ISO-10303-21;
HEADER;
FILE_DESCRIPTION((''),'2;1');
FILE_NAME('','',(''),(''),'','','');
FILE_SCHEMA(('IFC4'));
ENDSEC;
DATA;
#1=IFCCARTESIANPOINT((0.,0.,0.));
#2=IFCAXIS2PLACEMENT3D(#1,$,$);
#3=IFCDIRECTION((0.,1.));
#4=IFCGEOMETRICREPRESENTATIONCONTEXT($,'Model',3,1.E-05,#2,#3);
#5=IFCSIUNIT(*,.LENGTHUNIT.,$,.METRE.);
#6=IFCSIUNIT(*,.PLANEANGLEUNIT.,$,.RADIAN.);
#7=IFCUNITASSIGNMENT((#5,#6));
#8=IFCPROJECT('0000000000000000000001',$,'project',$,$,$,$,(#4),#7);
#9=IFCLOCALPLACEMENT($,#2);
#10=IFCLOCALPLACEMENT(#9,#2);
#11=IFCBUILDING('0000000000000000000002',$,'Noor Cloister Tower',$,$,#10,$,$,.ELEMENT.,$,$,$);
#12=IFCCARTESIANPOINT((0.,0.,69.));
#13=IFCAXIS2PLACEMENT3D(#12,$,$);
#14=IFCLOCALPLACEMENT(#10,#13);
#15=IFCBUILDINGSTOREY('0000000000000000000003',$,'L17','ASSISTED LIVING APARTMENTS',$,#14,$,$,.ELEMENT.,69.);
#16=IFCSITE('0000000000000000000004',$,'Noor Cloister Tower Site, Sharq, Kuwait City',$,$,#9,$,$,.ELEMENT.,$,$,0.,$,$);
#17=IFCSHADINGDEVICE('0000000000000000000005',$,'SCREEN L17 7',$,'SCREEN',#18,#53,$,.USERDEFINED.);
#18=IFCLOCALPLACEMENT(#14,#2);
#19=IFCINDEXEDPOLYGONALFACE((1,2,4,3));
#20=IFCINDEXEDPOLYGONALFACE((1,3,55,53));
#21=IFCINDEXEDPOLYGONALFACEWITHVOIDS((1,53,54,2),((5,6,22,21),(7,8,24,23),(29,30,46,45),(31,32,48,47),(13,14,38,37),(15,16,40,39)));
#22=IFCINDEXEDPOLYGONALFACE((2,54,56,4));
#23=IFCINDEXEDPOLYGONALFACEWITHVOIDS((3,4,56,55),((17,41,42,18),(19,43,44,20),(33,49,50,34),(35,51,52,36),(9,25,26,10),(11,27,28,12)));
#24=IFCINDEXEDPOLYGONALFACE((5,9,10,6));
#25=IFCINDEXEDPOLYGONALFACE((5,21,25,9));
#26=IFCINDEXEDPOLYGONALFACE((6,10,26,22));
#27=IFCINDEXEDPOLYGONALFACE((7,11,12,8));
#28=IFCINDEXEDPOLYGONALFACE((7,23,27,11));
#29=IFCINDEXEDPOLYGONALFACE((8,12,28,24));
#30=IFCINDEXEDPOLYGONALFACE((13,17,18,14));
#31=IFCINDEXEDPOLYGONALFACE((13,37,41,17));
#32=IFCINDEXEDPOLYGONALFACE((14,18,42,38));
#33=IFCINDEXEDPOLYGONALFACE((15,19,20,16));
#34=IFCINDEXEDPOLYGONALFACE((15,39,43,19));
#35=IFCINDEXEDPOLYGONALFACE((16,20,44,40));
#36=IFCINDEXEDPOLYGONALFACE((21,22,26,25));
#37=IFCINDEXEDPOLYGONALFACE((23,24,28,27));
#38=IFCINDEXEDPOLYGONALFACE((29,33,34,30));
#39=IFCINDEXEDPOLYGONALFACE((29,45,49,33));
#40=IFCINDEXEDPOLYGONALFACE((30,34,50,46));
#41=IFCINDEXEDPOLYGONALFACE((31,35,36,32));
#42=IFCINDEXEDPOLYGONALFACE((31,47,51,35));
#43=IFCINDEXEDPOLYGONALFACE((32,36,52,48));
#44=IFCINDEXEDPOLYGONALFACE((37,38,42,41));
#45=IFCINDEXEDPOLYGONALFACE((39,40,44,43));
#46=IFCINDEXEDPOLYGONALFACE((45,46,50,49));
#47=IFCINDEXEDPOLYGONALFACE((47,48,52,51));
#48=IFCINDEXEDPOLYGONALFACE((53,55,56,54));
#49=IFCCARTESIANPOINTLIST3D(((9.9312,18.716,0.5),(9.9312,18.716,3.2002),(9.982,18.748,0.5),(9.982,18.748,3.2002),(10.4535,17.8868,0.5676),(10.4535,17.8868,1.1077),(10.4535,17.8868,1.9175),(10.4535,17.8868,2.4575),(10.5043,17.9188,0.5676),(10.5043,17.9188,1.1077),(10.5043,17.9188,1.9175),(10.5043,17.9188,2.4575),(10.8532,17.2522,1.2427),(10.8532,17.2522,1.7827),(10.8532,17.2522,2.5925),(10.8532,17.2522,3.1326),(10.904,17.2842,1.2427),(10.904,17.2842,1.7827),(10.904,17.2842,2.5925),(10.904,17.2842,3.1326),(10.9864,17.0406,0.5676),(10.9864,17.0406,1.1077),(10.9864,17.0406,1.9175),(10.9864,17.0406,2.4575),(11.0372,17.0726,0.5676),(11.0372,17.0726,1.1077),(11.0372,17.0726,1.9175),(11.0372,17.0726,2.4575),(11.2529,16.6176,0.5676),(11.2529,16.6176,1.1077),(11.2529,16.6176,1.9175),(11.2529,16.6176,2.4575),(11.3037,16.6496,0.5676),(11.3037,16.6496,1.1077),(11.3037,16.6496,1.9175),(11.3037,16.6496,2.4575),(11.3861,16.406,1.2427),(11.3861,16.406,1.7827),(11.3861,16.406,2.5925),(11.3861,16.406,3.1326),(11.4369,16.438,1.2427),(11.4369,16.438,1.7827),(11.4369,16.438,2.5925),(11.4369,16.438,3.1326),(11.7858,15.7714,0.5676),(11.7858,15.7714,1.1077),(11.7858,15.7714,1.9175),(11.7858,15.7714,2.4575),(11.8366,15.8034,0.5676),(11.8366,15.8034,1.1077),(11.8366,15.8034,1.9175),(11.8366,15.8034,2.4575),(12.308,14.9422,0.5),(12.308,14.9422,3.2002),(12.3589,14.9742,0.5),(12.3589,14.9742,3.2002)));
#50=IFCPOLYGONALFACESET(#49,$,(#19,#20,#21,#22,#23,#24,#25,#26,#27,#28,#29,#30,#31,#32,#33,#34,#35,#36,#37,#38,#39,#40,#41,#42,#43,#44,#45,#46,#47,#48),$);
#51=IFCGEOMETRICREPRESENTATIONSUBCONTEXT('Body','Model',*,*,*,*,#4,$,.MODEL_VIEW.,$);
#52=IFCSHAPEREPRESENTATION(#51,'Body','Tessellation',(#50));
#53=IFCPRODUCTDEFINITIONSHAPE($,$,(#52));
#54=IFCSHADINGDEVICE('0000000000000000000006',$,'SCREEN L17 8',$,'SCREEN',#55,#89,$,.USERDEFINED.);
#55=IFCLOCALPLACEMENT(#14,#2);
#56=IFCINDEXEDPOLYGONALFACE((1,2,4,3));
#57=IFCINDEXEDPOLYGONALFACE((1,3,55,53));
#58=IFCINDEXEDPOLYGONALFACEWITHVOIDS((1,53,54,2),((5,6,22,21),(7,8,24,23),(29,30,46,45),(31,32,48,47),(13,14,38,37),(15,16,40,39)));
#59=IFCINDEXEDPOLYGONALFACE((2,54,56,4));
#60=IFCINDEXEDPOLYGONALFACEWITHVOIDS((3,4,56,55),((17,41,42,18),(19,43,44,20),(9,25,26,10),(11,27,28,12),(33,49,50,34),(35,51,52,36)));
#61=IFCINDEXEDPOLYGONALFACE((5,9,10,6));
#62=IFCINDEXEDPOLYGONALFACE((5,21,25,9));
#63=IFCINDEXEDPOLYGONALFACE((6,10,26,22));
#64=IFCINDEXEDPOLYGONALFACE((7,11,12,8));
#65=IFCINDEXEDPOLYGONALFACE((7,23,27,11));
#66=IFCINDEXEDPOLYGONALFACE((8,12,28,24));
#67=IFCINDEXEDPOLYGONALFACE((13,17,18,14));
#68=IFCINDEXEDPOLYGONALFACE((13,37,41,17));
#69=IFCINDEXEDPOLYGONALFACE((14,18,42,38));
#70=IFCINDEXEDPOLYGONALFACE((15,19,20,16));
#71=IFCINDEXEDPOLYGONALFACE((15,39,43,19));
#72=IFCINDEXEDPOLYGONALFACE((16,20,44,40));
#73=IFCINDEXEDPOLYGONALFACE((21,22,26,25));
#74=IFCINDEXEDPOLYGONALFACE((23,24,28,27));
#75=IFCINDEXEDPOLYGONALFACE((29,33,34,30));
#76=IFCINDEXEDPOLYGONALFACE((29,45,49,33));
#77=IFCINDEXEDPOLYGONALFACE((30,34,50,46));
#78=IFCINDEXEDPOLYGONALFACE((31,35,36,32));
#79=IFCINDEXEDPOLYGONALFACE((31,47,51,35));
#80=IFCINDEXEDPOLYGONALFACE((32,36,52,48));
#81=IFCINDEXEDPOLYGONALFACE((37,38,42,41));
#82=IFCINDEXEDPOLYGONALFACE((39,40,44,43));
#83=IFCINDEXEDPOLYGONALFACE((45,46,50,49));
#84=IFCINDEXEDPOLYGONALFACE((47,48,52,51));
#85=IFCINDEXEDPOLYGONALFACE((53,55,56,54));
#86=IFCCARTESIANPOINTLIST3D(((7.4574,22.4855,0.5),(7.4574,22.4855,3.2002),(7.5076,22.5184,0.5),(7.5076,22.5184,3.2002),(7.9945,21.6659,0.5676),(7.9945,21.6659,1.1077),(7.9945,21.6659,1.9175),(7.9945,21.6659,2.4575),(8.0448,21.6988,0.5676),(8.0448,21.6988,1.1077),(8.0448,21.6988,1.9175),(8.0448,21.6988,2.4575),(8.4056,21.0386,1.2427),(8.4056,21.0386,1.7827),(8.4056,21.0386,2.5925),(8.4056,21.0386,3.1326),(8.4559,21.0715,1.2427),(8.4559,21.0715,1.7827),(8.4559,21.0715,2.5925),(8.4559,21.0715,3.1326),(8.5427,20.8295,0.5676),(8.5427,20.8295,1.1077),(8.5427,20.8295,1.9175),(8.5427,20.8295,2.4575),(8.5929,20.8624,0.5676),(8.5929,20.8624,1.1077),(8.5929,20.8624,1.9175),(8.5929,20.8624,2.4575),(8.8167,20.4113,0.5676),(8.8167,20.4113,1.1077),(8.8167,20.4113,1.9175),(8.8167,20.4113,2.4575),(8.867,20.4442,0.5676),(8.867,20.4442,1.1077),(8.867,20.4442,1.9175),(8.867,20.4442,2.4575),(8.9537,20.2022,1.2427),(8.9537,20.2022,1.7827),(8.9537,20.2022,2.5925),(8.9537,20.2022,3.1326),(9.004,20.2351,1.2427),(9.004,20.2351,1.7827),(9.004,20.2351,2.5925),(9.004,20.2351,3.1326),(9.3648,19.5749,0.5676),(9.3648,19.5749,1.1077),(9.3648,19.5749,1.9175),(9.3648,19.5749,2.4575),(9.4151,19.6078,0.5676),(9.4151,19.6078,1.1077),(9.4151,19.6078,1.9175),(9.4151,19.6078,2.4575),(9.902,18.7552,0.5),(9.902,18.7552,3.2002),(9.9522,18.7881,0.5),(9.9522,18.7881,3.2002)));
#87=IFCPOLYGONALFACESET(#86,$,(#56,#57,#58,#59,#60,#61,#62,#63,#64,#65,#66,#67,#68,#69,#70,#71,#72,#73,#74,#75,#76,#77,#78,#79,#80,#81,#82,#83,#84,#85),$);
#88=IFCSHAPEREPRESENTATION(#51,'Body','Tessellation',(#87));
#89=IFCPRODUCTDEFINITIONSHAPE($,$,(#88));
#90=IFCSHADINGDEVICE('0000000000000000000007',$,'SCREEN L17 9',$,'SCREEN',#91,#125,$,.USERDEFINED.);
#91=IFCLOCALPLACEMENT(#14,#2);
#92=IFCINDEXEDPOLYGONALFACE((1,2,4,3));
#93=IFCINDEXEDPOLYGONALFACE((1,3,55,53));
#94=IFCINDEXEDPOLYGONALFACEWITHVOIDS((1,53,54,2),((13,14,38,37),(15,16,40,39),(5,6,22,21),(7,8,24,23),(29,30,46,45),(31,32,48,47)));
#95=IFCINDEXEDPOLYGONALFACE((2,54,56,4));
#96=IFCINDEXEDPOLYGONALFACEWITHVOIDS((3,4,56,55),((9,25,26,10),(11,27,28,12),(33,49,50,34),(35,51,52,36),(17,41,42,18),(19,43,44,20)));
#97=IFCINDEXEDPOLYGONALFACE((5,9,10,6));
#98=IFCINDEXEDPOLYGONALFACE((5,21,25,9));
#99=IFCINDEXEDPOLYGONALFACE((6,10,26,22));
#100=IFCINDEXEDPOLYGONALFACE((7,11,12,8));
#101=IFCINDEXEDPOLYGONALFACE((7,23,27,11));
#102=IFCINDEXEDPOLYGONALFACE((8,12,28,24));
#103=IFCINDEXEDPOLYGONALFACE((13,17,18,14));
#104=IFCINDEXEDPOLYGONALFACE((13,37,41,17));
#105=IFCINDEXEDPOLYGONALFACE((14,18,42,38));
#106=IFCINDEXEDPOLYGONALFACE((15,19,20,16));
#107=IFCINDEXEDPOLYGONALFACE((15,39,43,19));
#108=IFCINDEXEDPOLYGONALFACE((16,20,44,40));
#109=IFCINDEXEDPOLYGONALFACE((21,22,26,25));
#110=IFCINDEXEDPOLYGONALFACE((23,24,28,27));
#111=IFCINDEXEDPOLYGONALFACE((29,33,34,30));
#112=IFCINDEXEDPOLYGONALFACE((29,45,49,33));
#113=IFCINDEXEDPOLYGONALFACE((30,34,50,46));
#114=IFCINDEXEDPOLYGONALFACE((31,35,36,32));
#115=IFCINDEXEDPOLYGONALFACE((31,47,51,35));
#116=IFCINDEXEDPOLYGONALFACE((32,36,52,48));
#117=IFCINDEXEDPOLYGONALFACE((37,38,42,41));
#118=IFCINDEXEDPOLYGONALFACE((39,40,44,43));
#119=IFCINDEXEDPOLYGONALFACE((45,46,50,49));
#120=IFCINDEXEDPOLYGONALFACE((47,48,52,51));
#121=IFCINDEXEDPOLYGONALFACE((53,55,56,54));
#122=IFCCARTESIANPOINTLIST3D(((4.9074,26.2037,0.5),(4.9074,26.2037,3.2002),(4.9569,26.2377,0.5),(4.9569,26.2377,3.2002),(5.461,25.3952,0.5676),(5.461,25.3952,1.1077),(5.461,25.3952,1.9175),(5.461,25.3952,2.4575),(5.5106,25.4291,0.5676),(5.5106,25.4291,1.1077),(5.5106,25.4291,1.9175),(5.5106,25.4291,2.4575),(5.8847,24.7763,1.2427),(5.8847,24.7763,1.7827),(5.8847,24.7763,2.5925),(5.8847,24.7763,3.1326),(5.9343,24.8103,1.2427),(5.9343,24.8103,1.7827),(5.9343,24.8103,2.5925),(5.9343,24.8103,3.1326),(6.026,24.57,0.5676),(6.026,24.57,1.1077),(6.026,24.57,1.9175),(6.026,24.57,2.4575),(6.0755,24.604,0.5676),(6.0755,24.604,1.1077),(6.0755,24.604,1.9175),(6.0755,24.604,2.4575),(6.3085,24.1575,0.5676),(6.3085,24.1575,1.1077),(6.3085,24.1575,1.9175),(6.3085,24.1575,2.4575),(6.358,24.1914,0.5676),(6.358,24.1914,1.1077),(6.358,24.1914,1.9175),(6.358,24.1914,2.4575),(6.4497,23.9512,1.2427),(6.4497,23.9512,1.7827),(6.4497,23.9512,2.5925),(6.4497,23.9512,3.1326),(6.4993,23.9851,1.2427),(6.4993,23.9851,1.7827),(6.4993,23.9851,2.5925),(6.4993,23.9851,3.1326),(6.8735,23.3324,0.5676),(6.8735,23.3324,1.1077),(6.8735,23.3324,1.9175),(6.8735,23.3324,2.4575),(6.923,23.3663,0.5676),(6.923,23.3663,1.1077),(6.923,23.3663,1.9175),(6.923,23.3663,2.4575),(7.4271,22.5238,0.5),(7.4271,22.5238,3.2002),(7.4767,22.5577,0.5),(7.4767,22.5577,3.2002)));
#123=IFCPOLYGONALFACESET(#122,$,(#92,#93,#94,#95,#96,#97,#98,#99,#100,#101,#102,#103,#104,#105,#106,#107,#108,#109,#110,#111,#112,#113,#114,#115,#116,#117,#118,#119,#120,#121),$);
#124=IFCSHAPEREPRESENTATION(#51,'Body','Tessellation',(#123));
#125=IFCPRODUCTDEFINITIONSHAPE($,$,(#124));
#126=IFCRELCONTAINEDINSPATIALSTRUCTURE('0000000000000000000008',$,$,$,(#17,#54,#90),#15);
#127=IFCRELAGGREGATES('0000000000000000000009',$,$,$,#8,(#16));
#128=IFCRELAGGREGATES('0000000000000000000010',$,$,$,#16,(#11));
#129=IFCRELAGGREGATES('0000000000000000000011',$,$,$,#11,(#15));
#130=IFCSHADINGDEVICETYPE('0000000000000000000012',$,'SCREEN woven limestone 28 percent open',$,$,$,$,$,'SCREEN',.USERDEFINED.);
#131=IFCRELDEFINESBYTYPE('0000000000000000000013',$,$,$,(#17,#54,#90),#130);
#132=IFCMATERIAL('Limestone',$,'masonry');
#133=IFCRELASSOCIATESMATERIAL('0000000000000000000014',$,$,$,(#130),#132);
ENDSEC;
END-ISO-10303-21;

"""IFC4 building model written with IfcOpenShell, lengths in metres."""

from ifc_helpers import new_model, si_unit, direction, frame, origin, place, context, subcontext, project, spatial, polyline, outline, extrude, material, material_profile, profile_set, type_object, element, save


model = new_model("IFC4")

# Units and contexts
model_context = context("Model", 3, precision=1e-05, world=origin(), true_north=direction((0.0, 1.0)))
body_context = subcontext(model_context, "Body", "Model", "MODEL_VIEW")
ifc_project = project(units=[si_unit("LENGTHUNIT", "METRE"), si_unit("PLANEANGLEUNIT", "RADIAN")], contexts=[model_context])

# Site, building, storey
site_placement = place(None, origin())
site = spatial("IfcSite", under=ifc_project, at=site_placement, Name="Noor Cloister Tower Site, Sharq, Kuwait City", CompositionType="ELEMENT", RefElevation=0.0)
building_placement = place(site_placement, origin())
building = spatial("IfcBuilding", under=site, at=building_placement, Name="Noor Cloister Tower", CompositionType="ELEMENT")
storey_placement = place(building_placement, frame((0.0, 0.0, 69.0)))
storey = spatial("IfcBuildingStorey", under=building, at=storey_placement, Name="L17", Description="ASSISTED LIVING APARTMENTS", CompositionType="ELEMENT", Elevation=69.0)

# Shading devices
ifc_material_1 = material(Name="Limestone", Category="masonry")
ifc_material_profile_1 = material_profile(ifc_material_1, outline(polyline([(-2.23, -1.3501), (2.23, -1.3501), (2.23, 1.3501), (-2.23, 1.3501), (-2.23, -1.3501)]), holes=[polyline([(-1.25, -1.2825), (-0.25, -1.2825), (-0.25, -0.7424), (-1.25, -0.7424), (-1.25, -1.2825)]), polyline([(0.25, -1.2825), (1.25, -1.2825), (1.25, -0.7424), (0.25, -0.7424), (0.25, -1.2825)]), polyline([(-0.5, -0.6074), (0.5, -0.6074), (0.5, -0.0674), (-0.5, -0.0674), (-0.5, -0.6074)]), polyline([(-1.25, 0.0674), (-0.25, 0.0674), (-0.25, 0.6074), (-1.25, 0.6074), (-1.25, 0.0674)]), polyline([(0.25, 0.0674), (1.25, 0.0674), (1.25, 0.6074), (0.25, 0.6074), (0.25, 0.0674)]), polyline([(-0.5, 0.7424), (0.5, 0.7424), (0.5, 1.2825), (-0.5, 1.2825), (-0.5, 0.7424)])]), Name="Woven screen 28 percent open")
ifc_profile_set_1 = profile_set([ifc_material_profile_1], Name="Limestone")
shading_device_type = type_object("IfcShadingDeviceType", Name="SCREEN woven limestone 28 percent open", ElementType="SCREEN", PredefinedType="USERDEFINED", material=ifc_profile_set_1)
for number, where, z_axis, x_axis, name in (
    (1, (11.1196, 16.8291, 1.8501), (0.846165, 0.532921, 0.0), (-0.532921, 0.846165, 0.0), "SCREEN L17 7"),
    (2, (8.6797, 20.6204, 1.8501), (0.836397, 0.548124, 0.0), (-0.548124, 0.836397, 0.0), "SCREEN L17 8"),
    (3, (6.1672, 24.3638, 1.8501), (0.825108, 0.564975, 0.0), (-0.564975, 0.825108, 0.0), "SCREEN L17 9"),
):
    element("IfcShadingDevice", number, at=place(storey_placement, frame(where, z_axis=z_axis, x_axis=x_axis)), inside=storey, type_object=shading_device_type, Name=name, ObjectType="SCREEN", PredefinedType="USERDEFINED", context=body_context, shape_type="SweptSolid", body=[
        extrude(outline(polyline([(-2.23, -1.3501), (2.23, -1.3501), (2.23, 1.3501), (-2.23, 1.3501), (-2.23, -1.3501)]), holes=[polyline([(-1.25, -1.2825), (-0.25, -1.2825), (-0.25, -0.7424), (-1.25, -0.7424), (-1.25, -1.2825)]), polyline([(0.25, -1.2825), (1.25, -1.2825), (1.25, -0.7424), (0.25, -0.7424), (0.25, -1.2825)]), polyline([(-0.5, -0.6074), (0.5, -0.6074), (0.5, -0.0674), (-0.5, -0.0674), (-0.5, -0.6074)]), polyline([(-1.25, 0.0674), (-0.25, 0.0674), (-0.25, 0.6074), (-1.25, 0.6074), (-1.25, 0.0674)]), polyline([(0.25, 0.0674), (1.25, 0.0674), (1.25, 0.6074), (0.25, 0.6074), (0.25, 0.0674)]), polyline([(-0.5, 0.7424), (0.5, 0.7424), (0.5, 1.2825), (-0.5, 1.2825), (-0.5, 0.7424)])]), origin(), (0.0, 0.0, 1.0), 0.0601),
    ])

save(model, "model.ifc")
